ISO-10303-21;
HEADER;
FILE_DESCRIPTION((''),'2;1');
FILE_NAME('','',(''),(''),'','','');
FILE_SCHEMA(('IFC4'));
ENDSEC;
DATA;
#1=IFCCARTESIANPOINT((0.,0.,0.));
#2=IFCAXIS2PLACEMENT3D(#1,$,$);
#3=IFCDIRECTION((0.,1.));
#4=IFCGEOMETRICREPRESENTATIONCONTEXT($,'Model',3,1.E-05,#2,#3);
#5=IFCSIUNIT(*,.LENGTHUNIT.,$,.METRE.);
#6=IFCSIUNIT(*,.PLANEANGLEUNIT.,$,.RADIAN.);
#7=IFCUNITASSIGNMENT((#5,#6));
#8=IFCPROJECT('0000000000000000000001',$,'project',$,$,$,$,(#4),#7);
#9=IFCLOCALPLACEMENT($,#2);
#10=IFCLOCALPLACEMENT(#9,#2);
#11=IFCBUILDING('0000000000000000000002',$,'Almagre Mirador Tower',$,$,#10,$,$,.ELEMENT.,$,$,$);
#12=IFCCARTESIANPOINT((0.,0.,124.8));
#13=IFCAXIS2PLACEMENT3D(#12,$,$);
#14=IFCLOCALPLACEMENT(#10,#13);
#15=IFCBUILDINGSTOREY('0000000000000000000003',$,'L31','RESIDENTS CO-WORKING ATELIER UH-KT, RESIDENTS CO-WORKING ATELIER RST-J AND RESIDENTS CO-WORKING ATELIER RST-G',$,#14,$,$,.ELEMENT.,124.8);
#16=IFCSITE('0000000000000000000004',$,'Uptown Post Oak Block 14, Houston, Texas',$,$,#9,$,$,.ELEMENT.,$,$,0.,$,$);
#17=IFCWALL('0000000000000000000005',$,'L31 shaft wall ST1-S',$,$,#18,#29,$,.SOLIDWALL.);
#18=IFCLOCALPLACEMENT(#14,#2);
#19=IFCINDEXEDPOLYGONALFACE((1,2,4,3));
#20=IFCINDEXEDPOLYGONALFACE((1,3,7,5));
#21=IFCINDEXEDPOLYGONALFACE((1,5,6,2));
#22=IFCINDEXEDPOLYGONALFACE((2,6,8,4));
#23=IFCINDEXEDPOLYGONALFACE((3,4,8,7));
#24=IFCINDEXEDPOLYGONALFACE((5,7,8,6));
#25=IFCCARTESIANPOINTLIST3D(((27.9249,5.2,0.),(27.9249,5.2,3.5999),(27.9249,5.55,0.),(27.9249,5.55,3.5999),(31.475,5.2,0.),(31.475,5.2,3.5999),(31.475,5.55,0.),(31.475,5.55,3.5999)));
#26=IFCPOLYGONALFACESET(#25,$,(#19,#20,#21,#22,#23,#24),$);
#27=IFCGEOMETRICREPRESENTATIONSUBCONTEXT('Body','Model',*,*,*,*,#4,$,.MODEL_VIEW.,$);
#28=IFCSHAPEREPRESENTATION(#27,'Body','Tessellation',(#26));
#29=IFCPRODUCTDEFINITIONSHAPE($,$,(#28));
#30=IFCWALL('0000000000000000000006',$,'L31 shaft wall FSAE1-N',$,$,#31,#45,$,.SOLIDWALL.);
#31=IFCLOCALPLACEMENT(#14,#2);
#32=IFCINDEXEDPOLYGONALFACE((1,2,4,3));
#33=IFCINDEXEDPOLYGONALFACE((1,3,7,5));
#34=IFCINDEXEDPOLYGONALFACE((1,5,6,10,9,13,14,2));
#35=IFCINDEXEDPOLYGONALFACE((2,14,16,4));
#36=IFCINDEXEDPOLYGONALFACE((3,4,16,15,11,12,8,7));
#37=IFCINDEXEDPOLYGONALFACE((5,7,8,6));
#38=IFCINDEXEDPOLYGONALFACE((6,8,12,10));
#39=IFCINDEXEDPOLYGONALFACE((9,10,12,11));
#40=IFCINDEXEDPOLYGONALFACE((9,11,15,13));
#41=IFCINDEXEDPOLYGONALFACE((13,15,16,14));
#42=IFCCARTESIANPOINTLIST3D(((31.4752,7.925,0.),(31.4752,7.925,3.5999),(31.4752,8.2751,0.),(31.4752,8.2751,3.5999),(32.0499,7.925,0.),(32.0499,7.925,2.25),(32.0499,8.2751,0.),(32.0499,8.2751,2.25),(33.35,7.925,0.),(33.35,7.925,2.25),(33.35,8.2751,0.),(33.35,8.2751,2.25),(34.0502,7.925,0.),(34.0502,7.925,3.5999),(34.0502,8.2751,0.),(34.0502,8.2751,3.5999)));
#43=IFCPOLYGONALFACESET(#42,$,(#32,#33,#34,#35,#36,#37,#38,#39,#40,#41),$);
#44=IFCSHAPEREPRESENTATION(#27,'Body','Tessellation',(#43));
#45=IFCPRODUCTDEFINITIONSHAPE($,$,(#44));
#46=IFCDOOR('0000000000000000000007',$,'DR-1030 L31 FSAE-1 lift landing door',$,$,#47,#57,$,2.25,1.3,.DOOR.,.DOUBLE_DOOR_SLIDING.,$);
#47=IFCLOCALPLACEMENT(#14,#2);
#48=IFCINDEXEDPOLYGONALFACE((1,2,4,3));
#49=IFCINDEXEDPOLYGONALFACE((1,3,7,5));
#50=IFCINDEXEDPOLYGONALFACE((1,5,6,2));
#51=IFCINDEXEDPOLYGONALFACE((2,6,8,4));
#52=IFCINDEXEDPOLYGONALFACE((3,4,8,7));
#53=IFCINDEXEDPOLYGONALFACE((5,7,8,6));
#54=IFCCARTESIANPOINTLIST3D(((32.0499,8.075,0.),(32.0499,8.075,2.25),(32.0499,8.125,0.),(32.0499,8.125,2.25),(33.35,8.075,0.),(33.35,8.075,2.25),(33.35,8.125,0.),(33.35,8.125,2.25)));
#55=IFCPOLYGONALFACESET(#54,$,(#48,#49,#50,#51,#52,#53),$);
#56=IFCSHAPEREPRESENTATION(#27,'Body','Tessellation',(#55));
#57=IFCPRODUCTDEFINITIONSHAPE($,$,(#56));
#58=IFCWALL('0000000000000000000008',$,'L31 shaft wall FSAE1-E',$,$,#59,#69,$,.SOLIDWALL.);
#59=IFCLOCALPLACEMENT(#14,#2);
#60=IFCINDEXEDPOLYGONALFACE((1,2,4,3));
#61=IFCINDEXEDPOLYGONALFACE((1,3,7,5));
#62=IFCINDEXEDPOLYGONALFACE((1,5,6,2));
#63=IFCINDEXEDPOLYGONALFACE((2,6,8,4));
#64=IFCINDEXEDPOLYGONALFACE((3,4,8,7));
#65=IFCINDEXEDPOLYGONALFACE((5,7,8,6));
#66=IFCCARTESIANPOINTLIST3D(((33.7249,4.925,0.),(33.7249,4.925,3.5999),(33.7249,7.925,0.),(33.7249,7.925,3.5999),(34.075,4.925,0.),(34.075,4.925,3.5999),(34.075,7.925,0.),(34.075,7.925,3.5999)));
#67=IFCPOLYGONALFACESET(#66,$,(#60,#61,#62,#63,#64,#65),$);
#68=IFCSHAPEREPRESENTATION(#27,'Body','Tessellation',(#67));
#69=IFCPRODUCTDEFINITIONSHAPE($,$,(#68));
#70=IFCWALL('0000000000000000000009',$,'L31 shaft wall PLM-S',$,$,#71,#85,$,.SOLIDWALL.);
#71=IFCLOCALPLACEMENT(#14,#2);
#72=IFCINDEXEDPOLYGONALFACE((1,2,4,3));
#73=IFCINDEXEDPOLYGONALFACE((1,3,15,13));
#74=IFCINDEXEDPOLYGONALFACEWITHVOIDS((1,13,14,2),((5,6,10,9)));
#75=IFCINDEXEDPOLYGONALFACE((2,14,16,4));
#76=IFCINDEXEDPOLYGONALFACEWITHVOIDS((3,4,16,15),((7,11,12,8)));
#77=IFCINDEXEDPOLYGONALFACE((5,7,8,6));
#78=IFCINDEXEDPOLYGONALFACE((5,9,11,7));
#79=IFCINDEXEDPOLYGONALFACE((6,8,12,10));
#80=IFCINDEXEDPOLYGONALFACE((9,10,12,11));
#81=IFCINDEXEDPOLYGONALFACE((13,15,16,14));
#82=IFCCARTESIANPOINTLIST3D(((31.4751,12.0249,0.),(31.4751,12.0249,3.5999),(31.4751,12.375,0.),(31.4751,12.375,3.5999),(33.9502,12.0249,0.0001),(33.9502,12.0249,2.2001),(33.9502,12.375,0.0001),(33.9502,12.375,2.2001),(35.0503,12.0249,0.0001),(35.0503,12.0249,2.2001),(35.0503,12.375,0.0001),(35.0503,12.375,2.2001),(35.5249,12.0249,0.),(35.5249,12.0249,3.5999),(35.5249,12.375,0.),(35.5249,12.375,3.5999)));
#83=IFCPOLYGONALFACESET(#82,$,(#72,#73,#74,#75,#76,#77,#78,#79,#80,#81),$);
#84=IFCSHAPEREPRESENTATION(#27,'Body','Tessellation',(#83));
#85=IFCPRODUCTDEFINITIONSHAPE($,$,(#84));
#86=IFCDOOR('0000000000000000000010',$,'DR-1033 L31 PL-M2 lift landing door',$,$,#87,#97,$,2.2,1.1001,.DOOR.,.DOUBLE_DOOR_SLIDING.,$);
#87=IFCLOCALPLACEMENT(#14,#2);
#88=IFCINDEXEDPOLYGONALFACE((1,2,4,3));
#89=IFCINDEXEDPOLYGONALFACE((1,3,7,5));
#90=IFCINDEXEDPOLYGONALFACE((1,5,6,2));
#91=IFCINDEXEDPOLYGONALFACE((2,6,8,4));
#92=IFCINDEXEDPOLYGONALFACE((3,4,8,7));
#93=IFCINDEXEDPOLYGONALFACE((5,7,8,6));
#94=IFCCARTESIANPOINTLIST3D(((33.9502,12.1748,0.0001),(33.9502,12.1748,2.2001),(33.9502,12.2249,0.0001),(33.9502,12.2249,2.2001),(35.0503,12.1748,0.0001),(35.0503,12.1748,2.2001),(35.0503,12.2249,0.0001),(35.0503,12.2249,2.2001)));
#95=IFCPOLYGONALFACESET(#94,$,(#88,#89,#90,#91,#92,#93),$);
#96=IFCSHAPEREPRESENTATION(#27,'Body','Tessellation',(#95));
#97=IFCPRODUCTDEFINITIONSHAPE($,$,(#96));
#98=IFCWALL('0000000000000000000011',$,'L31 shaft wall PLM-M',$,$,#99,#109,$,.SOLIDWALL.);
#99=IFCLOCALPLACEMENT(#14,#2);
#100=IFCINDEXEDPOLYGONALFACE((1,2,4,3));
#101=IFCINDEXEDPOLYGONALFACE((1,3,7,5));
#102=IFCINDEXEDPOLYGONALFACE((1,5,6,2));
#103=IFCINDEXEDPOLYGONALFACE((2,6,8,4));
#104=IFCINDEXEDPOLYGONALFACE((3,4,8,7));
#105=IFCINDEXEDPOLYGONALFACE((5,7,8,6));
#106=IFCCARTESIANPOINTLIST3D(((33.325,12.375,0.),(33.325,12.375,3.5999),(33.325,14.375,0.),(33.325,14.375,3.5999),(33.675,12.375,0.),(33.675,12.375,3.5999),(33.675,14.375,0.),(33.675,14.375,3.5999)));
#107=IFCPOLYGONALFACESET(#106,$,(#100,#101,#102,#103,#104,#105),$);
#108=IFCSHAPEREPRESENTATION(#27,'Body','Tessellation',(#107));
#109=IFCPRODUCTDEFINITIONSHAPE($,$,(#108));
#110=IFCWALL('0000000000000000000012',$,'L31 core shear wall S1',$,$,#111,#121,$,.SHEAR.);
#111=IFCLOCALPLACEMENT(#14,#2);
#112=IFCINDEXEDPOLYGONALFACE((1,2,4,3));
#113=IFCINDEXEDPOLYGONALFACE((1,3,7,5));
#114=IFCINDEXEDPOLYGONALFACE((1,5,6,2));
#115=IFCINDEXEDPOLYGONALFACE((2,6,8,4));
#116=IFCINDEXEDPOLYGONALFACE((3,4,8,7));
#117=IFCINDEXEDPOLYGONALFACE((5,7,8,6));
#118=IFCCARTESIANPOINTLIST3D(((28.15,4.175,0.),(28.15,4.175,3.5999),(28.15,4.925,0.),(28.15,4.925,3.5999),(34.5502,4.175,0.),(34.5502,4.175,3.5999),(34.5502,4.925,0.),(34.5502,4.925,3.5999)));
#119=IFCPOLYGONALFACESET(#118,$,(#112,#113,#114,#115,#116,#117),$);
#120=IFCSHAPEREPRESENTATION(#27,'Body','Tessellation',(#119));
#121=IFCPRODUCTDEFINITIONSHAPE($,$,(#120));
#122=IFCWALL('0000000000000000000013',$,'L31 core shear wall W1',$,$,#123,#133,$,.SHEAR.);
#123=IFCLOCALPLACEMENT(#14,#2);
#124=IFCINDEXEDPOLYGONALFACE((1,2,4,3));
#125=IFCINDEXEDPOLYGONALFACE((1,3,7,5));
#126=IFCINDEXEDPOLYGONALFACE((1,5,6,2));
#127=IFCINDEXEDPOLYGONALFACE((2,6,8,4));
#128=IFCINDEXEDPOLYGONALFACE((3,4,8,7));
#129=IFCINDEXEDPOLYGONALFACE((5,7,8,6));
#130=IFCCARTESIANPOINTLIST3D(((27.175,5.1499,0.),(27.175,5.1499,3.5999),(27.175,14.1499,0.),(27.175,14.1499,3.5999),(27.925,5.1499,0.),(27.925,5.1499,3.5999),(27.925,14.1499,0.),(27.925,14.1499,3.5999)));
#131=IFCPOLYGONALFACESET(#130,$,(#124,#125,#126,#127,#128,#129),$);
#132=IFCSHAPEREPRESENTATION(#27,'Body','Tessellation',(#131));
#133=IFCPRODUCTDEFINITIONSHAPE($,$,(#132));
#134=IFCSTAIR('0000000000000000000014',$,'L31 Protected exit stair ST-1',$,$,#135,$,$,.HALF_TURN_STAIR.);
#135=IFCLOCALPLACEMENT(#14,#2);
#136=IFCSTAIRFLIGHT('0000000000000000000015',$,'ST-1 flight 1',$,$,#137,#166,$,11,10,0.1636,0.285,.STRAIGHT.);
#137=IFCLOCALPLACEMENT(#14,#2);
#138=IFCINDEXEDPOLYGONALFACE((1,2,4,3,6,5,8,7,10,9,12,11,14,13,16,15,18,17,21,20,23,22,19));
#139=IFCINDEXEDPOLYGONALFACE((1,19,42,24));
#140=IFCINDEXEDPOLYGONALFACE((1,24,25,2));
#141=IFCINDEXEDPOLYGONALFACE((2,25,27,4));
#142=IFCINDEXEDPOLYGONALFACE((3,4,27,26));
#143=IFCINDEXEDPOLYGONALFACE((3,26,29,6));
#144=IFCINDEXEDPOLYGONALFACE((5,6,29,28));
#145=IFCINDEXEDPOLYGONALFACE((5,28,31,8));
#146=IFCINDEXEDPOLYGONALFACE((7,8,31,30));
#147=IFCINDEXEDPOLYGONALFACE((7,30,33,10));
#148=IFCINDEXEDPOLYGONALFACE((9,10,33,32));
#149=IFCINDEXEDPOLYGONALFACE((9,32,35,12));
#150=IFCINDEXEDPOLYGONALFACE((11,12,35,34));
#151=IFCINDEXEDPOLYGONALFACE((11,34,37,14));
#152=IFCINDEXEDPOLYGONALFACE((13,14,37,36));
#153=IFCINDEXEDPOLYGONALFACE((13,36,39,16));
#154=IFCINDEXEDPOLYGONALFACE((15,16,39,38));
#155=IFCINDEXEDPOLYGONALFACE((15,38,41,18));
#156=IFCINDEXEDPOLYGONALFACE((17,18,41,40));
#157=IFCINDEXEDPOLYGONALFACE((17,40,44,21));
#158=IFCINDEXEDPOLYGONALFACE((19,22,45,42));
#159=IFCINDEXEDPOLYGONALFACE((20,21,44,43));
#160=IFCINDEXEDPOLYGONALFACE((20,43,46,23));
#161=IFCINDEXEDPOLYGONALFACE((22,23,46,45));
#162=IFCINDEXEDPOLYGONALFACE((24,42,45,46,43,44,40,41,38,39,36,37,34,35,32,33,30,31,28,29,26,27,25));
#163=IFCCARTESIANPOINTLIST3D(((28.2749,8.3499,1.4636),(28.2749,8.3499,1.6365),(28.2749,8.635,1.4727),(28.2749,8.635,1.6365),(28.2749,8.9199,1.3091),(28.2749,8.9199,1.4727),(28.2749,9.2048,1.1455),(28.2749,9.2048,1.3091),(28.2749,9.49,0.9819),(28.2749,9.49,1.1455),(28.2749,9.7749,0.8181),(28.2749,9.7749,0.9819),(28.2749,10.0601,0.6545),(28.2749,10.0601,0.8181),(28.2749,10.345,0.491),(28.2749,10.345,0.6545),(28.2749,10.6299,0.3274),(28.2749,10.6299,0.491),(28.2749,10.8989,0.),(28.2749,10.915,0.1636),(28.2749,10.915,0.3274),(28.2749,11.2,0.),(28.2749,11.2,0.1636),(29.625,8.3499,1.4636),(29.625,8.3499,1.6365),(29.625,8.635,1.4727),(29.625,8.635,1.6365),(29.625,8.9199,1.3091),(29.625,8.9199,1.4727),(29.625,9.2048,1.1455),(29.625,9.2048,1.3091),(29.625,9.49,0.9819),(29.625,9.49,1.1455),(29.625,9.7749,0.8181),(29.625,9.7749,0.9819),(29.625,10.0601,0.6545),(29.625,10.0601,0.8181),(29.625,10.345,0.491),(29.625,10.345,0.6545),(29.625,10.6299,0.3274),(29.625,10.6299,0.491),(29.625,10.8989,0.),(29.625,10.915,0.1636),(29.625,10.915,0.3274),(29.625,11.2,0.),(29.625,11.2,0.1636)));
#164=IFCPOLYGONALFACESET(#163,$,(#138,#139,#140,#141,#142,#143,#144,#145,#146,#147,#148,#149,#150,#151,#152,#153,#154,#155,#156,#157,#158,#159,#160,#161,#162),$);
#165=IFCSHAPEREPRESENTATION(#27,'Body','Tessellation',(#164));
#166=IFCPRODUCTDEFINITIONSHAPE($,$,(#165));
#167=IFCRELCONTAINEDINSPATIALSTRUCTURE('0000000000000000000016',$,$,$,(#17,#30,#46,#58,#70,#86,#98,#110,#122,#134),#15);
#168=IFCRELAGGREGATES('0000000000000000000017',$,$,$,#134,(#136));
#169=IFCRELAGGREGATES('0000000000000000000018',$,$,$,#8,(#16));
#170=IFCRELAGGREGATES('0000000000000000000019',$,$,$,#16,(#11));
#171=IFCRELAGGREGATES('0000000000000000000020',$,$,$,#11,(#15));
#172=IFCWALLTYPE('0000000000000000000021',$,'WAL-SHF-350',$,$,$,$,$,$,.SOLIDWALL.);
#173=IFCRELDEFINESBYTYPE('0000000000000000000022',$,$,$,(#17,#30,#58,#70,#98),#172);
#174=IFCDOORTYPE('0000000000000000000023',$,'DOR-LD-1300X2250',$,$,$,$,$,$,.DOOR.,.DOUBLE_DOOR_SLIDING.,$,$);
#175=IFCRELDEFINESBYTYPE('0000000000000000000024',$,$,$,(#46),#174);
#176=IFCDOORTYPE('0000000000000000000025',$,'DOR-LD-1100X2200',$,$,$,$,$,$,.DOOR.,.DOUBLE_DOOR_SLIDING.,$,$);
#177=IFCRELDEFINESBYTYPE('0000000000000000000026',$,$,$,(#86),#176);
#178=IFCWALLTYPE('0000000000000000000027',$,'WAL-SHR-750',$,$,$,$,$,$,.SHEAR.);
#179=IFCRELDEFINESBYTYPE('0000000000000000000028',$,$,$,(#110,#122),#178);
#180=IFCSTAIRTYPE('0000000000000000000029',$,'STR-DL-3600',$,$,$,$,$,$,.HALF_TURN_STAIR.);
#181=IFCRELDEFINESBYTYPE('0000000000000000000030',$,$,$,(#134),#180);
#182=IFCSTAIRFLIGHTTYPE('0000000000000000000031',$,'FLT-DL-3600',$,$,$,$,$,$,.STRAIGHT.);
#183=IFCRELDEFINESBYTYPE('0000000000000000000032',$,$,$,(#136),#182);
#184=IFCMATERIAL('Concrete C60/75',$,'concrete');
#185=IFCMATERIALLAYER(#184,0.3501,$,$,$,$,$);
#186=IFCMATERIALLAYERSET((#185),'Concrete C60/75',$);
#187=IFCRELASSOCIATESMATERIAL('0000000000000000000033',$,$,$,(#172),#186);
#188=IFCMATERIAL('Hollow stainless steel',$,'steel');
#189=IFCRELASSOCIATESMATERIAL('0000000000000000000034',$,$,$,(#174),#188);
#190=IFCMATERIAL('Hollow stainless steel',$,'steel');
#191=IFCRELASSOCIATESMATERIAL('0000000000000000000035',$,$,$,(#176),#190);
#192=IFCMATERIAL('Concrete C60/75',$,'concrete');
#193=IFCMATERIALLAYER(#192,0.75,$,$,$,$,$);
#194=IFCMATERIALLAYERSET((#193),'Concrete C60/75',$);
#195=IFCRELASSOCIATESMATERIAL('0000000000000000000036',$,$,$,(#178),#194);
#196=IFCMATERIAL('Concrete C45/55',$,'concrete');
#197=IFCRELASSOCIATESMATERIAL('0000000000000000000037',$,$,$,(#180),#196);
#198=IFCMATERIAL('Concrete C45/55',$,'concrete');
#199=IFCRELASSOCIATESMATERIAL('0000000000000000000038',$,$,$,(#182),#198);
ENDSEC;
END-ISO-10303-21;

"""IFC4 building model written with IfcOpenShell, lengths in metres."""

from ifc_helpers import new_model, si_unit, direction, frame, frame_2d, origin, place, context, subcontext, project, spatial, polyline, rectangle, outline, extrude, material, layer, layer_set, type_object, element, fill, aggregate, save


model = new_model("IFC4")

# Units and contexts
model_context = context("Model", 3, precision=1e-05, world=origin(), true_north=direction((0.0, 1.0)))
body_context = subcontext(model_context, "Body", "Model", "MODEL_VIEW")
ifc_project = project(units=[si_unit("LENGTHUNIT", "METRE"), si_unit("PLANEANGLEUNIT", "RADIAN")], contexts=[model_context])

# Site, building, storey
site_placement = place(None, origin())
site = spatial("IfcSite", under=ifc_project, at=site_placement, Name="Uptown Post Oak Block 14, Houston, Texas", CompositionType="ELEMENT", RefElevation=0.0)
building_placement = place(site_placement, origin())
building = spatial("IfcBuilding", under=site, at=building_placement, Name="Almagre Mirador Tower", CompositionType="ELEMENT")
storey_placement = place(building_placement, frame((0.0, 0.0, 124.8)))
storey = spatial("IfcBuildingStorey", under=building, at=storey_placement, Name="L31", Description="RESIDENTS CO-WORKING ATELIER UH-KT, RESIDENTS CO-WORKING ATELIER RST-J AND RESIDENTS CO-WORKING ATELIER RST-G", CompositionType="ELEMENT", Elevation=124.8)

# Shared definitions
ifc_material_1 = material(Name="Concrete C60/75", Category="concrete")
ifc_layer_1 = layer(ifc_material_1, 0.3501)
ifc_layer_set_1 = layer_set([ifc_layer_1], Name="Concrete C60/75")
wall_type_1 = type_object("IfcWallType", Name="WAL-SHF-350", PredefinedType="SOLIDWALL", material=ifc_layer_set_1)

# Wall
wall_1_placement = place(storey_placement, frame((27.925, 5.375, 0.0), z_axis=(0.0, 0.0, 1.0), x_axis=(1.0, 0.0, 0.0)))
element("IfcWall", 1, at=wall_1_placement, inside=storey, type_object=wall_type_1, Name="L31 shaft wall ST1-S", PredefinedType="SOLIDWALL", context=body_context, shape_type="SweptSolid", body=[
    extrude(rectangle(XDim=3.55, YDim=0.3501, at=frame_2d((1.7749, 0.0))), origin(), (0.0, 0.0, 1.0), 3.5999),
])

# Wall, opening, door
wall_2_placement = place(storey_placement, frame((31.4751, 8.1001, 0.0), z_axis=(0.0, 0.0, 1.0), x_axis=(1.0, 0.0, 0.0)))
wall_2 = element("IfcWall", 2, at=wall_2_placement, inside=storey, type_object=wall_type_1, Name="L31 shaft wall FSAE1-N", PredefinedType="SOLIDWALL", context=body_context, shape_type="SweptSolid", body=[
    extrude(rectangle(XDim=2.575, YDim=0.3501, at=frame_2d((1.2876, 0.0))), origin(), (0.0, 0.0, 1.0), 3.5999),
])
opening_1_placement = place(wall_2_placement, frame((0.575, 0.0, 0.0)))
opening_1 = element("IfcOpeningElement", 3, at=opening_1_placement, cuts=wall_2, PredefinedType="OPENING", context=body_context, shape_type="SweptSolid", body=[
    extrude(rectangle(XDim=1.3, YDim=2.25, at=frame_2d((0.6499, 1.125))), frame((0.0, 0.185, 0.0), z_axis=(0.0, -1.0, 0.0), x_axis=(1.0, 0.0, 0.0)), (0.0, 0.0, 1.0), 0.3701),
])
ifc_material_2 = material(Name="Hollow stainless steel", Category="steel")
door_type_1 = type_object("IfcDoorType", Name="DOR-LD-1300X2250", OperationType="DOUBLE_DOOR_SLIDING", PredefinedType="DOOR", material=ifc_material_2)
door_1_placement = place(opening_1_placement, origin())
door_1 = element("IfcDoor", 4, at=door_1_placement, inside=storey, type_object=door_type_1, Name="DR-1030 L31 FSAE-1 lift landing door", OperationType="DOUBLE_DOOR_SLIDING", OverallHeight=2.25, OverallWidth=1.3, PredefinedType="DOOR", context=body_context, shape_type="SweptSolid", body=[
    extrude(rectangle(XDim=1.3, YDim=2.25, at=frame_2d((0.6499, 1.125))), frame((0.0, 0.0249, 0.0), z_axis=(0.0, -1.0, 0.0), x_axis=(1.0, 0.0, 0.0)), (0.0, 0.0, 1.0), 0.05),
])
fill(opening_1, door_1)

# Wall
wall_3_placement = place(storey_placement, frame((33.8999, 4.925, 0.0), z_axis=(0.0, 0.0, 1.0), x_axis=(0.0, 1.0, 0.0)))
element("IfcWall", 5, at=wall_3_placement, inside=storey, type_object=wall_type_1, Name="L31 shaft wall FSAE1-E", PredefinedType="SOLIDWALL", context=body_context, shape_type="SweptSolid", body=[
    extrude(rectangle(XDim=3.0, YDim=0.3501, at=frame_2d((1.5, 0.0))), origin(), (0.0, 0.0, 1.0), 3.5999),
])

# Wall, opening, door
wall_4_placement = place(storey_placement, frame((31.4751, 12.2, 0.0), z_axis=(0.0, 0.0, 1.0), x_axis=(1.0, 0.0, 0.0)))
wall_4 = element("IfcWall", 6, at=wall_4_placement, inside=storey, type_object=wall_type_1, Name="L31 shaft wall PLM-S", PredefinedType="SOLIDWALL", context=body_context, shape_type="SweptSolid", body=[
    extrude(rectangle(XDim=4.0498, YDim=0.3501, at=frame_2d((2.0249, 0.0))), origin(), (0.0, 0.0, 1.0), 3.5999),
])
opening_2_placement = place(wall_4_placement, frame((2.4751, 0.0, 0.0)))
opening_2 = element("IfcOpeningElement", 7, at=opening_2_placement, cuts=wall_4, PredefinedType="OPENING", context=body_context, shape_type="SweptSolid", body=[
    extrude(rectangle(XDim=1.1001, YDim=2.2, at=frame_2d((0.55, 1.1001))), frame((0.0, 0.185, 0.0), z_axis=(0.0, -1.0, 0.0), x_axis=(1.0, 0.0, 0.0)), (0.0, 0.0, 1.0), 0.3701),
])
ifc_material_3 = material(Name="Hollow stainless steel", Category="steel")
door_type_2 = type_object("IfcDoorType", Name="DOR-LD-1100X2200", OperationType="DOUBLE_DOOR_SLIDING", PredefinedType="DOOR", material=ifc_material_3)
door_2_placement = place(opening_2_placement, origin())
door_2 = element("IfcDoor", 8, at=door_2_placement, inside=storey, type_object=door_type_2, Name="DR-1033 L31 PL-M2 lift landing door", OperationType="DOUBLE_DOOR_SLIDING", OverallHeight=2.2, OverallWidth=1.1001, PredefinedType="DOOR", context=body_context, shape_type="SweptSolid", body=[
    extrude(rectangle(XDim=1.1001, YDim=2.2, at=frame_2d((0.55, 1.1001))), frame((0.0, 0.0249, 0.0), z_axis=(0.0, -1.0, 0.0), x_axis=(1.0, 0.0, 0.0)), (0.0, 0.0, 1.0), 0.05),
])
fill(opening_2, door_2)

# Walls
wall_5_placement = place(storey_placement, frame((33.5, 12.375, 0.0), z_axis=(0.0, 0.0, 1.0), x_axis=(0.0, 1.0, 0.0)))
element("IfcWall", 9, at=wall_5_placement, inside=storey, type_object=wall_type_1, Name="L31 shaft wall PLM-M", PredefinedType="SOLIDWALL", context=body_context, shape_type="SweptSolid", body=[
    extrude(rectangle(XDim=2.0, YDim=0.3501, at=frame_2d((1.0, 0.0))), origin(), (0.0, 0.0, 1.0), 3.5999),
])
ifc_material_4 = material(Name="Concrete C60/75", Category="concrete")
ifc_layer_2 = layer(ifc_material_4, 0.75)
ifc_layer_set_2 = layer_set([ifc_layer_2], Name="Concrete C60/75")
wall_type_2 = type_object("IfcWallType", Name="WAL-SHR-750", PredefinedType="SHEAR", material=ifc_layer_set_2)
wall_6_placement = place(storey_placement, frame((28.1499, 4.55, 0.0), z_axis=(0.0, 0.0, 1.0), x_axis=(1.0, 0.0, 0.0)))
element("IfcWall", 10, at=wall_6_placement, inside=storey, type_object=wall_type_2, Name="L31 core shear wall S1", PredefinedType="SHEAR", context=body_context, shape_type="SweptSolid", body=[
    extrude(rectangle(XDim=6.4001, YDim=0.75, at=frame_2d((3.2002, 0.0))), origin(), (0.0, 0.0, 1.0), 3.5999),
])
wall_7_placement = place(storey_placement, frame((27.55, 5.1499, 0.0), z_axis=(0.0, 0.0, 1.0), x_axis=(0.0, 1.0, 0.0)))
element("IfcWall", 11, at=wall_7_placement, inside=storey, type_object=wall_type_2, Name="L31 core shear wall W1", PredefinedType="SHEAR", context=body_context, shape_type="SweptSolid", body=[
    extrude(rectangle(XDim=9.0, YDim=0.75, at=frame_2d((4.5, 0.0))), origin(), (0.0, 0.0, 1.0), 3.5999),
])

# Stair, stair flight
ifc_material_5 = material(Name="Concrete C45/55", Category="concrete")
stair_type = type_object("IfcStairType", Name="STR-DL-3600", PredefinedType="HALF_TURN_STAIR", material=ifc_material_5)
stair_placement = place(storey_placement, origin())
stair = element("IfcStair", 12, at=stair_placement, inside=storey, type_object=stair_type, Name="L31 Protected exit stair ST-1", PredefinedType="HALF_TURN_STAIR")
ifc_material_6 = material(Name="Concrete C45/55", Category="concrete")
stair_flight_type = type_object("IfcStairFlightType", Name="FLT-DL-3600", PredefinedType="STRAIGHT", material=ifc_material_6)
stair_flight_1_placement = place(storey_placement, frame((28.95, 11.2, 0.0), z_axis=(0.0, 0.0, 1.0), x_axis=(0.0, -1.0, 0.0)))
stair_flight_1 = element("IfcStairFlight", 13, at=stair_flight_1_placement, type_object=stair_flight_type, Name="ST-1 flight 1", NumberOfRisers=11, NumberOfTreads=10, PredefinedType="STRAIGHT", RiserHeight=0.1636, TreadLength=0.285, context=body_context, shape_type="SweptSolid", body=[
    extrude(outline(polyline([(0.0, 0.0), (0.0, 0.1636), (0.2849, 0.1636), (0.2849, 0.3274), (0.5701, 0.3274), (0.5701, 0.491), (0.855, 0.491), (0.855, 0.6545), (1.1399, 0.6545), (1.1399, 0.8181), (1.425, 0.8181), (1.425, 0.9819), (1.71, 0.9819), (1.71, 1.1455), (1.9951, 1.1455), (1.9951, 1.3091), (2.28, 1.3091), (2.28, 1.4727), (2.5649, 1.4727), (2.5649, 1.6365), (2.8501, 1.6365), (2.8501, 1.8), (2.8501, 1.4636), (0.301, 0.0), (0.0, 0.0)])), frame((0.0, 0.675, 0.0), z_axis=(0.0, -1.0, 0.0), x_axis=(1.0, 0.0, 0.0)), (0.0, 0.0, 1.0), 1.3501),
])
aggregate(stair, [stair_flight_1])

save(model, "model.ifc")
